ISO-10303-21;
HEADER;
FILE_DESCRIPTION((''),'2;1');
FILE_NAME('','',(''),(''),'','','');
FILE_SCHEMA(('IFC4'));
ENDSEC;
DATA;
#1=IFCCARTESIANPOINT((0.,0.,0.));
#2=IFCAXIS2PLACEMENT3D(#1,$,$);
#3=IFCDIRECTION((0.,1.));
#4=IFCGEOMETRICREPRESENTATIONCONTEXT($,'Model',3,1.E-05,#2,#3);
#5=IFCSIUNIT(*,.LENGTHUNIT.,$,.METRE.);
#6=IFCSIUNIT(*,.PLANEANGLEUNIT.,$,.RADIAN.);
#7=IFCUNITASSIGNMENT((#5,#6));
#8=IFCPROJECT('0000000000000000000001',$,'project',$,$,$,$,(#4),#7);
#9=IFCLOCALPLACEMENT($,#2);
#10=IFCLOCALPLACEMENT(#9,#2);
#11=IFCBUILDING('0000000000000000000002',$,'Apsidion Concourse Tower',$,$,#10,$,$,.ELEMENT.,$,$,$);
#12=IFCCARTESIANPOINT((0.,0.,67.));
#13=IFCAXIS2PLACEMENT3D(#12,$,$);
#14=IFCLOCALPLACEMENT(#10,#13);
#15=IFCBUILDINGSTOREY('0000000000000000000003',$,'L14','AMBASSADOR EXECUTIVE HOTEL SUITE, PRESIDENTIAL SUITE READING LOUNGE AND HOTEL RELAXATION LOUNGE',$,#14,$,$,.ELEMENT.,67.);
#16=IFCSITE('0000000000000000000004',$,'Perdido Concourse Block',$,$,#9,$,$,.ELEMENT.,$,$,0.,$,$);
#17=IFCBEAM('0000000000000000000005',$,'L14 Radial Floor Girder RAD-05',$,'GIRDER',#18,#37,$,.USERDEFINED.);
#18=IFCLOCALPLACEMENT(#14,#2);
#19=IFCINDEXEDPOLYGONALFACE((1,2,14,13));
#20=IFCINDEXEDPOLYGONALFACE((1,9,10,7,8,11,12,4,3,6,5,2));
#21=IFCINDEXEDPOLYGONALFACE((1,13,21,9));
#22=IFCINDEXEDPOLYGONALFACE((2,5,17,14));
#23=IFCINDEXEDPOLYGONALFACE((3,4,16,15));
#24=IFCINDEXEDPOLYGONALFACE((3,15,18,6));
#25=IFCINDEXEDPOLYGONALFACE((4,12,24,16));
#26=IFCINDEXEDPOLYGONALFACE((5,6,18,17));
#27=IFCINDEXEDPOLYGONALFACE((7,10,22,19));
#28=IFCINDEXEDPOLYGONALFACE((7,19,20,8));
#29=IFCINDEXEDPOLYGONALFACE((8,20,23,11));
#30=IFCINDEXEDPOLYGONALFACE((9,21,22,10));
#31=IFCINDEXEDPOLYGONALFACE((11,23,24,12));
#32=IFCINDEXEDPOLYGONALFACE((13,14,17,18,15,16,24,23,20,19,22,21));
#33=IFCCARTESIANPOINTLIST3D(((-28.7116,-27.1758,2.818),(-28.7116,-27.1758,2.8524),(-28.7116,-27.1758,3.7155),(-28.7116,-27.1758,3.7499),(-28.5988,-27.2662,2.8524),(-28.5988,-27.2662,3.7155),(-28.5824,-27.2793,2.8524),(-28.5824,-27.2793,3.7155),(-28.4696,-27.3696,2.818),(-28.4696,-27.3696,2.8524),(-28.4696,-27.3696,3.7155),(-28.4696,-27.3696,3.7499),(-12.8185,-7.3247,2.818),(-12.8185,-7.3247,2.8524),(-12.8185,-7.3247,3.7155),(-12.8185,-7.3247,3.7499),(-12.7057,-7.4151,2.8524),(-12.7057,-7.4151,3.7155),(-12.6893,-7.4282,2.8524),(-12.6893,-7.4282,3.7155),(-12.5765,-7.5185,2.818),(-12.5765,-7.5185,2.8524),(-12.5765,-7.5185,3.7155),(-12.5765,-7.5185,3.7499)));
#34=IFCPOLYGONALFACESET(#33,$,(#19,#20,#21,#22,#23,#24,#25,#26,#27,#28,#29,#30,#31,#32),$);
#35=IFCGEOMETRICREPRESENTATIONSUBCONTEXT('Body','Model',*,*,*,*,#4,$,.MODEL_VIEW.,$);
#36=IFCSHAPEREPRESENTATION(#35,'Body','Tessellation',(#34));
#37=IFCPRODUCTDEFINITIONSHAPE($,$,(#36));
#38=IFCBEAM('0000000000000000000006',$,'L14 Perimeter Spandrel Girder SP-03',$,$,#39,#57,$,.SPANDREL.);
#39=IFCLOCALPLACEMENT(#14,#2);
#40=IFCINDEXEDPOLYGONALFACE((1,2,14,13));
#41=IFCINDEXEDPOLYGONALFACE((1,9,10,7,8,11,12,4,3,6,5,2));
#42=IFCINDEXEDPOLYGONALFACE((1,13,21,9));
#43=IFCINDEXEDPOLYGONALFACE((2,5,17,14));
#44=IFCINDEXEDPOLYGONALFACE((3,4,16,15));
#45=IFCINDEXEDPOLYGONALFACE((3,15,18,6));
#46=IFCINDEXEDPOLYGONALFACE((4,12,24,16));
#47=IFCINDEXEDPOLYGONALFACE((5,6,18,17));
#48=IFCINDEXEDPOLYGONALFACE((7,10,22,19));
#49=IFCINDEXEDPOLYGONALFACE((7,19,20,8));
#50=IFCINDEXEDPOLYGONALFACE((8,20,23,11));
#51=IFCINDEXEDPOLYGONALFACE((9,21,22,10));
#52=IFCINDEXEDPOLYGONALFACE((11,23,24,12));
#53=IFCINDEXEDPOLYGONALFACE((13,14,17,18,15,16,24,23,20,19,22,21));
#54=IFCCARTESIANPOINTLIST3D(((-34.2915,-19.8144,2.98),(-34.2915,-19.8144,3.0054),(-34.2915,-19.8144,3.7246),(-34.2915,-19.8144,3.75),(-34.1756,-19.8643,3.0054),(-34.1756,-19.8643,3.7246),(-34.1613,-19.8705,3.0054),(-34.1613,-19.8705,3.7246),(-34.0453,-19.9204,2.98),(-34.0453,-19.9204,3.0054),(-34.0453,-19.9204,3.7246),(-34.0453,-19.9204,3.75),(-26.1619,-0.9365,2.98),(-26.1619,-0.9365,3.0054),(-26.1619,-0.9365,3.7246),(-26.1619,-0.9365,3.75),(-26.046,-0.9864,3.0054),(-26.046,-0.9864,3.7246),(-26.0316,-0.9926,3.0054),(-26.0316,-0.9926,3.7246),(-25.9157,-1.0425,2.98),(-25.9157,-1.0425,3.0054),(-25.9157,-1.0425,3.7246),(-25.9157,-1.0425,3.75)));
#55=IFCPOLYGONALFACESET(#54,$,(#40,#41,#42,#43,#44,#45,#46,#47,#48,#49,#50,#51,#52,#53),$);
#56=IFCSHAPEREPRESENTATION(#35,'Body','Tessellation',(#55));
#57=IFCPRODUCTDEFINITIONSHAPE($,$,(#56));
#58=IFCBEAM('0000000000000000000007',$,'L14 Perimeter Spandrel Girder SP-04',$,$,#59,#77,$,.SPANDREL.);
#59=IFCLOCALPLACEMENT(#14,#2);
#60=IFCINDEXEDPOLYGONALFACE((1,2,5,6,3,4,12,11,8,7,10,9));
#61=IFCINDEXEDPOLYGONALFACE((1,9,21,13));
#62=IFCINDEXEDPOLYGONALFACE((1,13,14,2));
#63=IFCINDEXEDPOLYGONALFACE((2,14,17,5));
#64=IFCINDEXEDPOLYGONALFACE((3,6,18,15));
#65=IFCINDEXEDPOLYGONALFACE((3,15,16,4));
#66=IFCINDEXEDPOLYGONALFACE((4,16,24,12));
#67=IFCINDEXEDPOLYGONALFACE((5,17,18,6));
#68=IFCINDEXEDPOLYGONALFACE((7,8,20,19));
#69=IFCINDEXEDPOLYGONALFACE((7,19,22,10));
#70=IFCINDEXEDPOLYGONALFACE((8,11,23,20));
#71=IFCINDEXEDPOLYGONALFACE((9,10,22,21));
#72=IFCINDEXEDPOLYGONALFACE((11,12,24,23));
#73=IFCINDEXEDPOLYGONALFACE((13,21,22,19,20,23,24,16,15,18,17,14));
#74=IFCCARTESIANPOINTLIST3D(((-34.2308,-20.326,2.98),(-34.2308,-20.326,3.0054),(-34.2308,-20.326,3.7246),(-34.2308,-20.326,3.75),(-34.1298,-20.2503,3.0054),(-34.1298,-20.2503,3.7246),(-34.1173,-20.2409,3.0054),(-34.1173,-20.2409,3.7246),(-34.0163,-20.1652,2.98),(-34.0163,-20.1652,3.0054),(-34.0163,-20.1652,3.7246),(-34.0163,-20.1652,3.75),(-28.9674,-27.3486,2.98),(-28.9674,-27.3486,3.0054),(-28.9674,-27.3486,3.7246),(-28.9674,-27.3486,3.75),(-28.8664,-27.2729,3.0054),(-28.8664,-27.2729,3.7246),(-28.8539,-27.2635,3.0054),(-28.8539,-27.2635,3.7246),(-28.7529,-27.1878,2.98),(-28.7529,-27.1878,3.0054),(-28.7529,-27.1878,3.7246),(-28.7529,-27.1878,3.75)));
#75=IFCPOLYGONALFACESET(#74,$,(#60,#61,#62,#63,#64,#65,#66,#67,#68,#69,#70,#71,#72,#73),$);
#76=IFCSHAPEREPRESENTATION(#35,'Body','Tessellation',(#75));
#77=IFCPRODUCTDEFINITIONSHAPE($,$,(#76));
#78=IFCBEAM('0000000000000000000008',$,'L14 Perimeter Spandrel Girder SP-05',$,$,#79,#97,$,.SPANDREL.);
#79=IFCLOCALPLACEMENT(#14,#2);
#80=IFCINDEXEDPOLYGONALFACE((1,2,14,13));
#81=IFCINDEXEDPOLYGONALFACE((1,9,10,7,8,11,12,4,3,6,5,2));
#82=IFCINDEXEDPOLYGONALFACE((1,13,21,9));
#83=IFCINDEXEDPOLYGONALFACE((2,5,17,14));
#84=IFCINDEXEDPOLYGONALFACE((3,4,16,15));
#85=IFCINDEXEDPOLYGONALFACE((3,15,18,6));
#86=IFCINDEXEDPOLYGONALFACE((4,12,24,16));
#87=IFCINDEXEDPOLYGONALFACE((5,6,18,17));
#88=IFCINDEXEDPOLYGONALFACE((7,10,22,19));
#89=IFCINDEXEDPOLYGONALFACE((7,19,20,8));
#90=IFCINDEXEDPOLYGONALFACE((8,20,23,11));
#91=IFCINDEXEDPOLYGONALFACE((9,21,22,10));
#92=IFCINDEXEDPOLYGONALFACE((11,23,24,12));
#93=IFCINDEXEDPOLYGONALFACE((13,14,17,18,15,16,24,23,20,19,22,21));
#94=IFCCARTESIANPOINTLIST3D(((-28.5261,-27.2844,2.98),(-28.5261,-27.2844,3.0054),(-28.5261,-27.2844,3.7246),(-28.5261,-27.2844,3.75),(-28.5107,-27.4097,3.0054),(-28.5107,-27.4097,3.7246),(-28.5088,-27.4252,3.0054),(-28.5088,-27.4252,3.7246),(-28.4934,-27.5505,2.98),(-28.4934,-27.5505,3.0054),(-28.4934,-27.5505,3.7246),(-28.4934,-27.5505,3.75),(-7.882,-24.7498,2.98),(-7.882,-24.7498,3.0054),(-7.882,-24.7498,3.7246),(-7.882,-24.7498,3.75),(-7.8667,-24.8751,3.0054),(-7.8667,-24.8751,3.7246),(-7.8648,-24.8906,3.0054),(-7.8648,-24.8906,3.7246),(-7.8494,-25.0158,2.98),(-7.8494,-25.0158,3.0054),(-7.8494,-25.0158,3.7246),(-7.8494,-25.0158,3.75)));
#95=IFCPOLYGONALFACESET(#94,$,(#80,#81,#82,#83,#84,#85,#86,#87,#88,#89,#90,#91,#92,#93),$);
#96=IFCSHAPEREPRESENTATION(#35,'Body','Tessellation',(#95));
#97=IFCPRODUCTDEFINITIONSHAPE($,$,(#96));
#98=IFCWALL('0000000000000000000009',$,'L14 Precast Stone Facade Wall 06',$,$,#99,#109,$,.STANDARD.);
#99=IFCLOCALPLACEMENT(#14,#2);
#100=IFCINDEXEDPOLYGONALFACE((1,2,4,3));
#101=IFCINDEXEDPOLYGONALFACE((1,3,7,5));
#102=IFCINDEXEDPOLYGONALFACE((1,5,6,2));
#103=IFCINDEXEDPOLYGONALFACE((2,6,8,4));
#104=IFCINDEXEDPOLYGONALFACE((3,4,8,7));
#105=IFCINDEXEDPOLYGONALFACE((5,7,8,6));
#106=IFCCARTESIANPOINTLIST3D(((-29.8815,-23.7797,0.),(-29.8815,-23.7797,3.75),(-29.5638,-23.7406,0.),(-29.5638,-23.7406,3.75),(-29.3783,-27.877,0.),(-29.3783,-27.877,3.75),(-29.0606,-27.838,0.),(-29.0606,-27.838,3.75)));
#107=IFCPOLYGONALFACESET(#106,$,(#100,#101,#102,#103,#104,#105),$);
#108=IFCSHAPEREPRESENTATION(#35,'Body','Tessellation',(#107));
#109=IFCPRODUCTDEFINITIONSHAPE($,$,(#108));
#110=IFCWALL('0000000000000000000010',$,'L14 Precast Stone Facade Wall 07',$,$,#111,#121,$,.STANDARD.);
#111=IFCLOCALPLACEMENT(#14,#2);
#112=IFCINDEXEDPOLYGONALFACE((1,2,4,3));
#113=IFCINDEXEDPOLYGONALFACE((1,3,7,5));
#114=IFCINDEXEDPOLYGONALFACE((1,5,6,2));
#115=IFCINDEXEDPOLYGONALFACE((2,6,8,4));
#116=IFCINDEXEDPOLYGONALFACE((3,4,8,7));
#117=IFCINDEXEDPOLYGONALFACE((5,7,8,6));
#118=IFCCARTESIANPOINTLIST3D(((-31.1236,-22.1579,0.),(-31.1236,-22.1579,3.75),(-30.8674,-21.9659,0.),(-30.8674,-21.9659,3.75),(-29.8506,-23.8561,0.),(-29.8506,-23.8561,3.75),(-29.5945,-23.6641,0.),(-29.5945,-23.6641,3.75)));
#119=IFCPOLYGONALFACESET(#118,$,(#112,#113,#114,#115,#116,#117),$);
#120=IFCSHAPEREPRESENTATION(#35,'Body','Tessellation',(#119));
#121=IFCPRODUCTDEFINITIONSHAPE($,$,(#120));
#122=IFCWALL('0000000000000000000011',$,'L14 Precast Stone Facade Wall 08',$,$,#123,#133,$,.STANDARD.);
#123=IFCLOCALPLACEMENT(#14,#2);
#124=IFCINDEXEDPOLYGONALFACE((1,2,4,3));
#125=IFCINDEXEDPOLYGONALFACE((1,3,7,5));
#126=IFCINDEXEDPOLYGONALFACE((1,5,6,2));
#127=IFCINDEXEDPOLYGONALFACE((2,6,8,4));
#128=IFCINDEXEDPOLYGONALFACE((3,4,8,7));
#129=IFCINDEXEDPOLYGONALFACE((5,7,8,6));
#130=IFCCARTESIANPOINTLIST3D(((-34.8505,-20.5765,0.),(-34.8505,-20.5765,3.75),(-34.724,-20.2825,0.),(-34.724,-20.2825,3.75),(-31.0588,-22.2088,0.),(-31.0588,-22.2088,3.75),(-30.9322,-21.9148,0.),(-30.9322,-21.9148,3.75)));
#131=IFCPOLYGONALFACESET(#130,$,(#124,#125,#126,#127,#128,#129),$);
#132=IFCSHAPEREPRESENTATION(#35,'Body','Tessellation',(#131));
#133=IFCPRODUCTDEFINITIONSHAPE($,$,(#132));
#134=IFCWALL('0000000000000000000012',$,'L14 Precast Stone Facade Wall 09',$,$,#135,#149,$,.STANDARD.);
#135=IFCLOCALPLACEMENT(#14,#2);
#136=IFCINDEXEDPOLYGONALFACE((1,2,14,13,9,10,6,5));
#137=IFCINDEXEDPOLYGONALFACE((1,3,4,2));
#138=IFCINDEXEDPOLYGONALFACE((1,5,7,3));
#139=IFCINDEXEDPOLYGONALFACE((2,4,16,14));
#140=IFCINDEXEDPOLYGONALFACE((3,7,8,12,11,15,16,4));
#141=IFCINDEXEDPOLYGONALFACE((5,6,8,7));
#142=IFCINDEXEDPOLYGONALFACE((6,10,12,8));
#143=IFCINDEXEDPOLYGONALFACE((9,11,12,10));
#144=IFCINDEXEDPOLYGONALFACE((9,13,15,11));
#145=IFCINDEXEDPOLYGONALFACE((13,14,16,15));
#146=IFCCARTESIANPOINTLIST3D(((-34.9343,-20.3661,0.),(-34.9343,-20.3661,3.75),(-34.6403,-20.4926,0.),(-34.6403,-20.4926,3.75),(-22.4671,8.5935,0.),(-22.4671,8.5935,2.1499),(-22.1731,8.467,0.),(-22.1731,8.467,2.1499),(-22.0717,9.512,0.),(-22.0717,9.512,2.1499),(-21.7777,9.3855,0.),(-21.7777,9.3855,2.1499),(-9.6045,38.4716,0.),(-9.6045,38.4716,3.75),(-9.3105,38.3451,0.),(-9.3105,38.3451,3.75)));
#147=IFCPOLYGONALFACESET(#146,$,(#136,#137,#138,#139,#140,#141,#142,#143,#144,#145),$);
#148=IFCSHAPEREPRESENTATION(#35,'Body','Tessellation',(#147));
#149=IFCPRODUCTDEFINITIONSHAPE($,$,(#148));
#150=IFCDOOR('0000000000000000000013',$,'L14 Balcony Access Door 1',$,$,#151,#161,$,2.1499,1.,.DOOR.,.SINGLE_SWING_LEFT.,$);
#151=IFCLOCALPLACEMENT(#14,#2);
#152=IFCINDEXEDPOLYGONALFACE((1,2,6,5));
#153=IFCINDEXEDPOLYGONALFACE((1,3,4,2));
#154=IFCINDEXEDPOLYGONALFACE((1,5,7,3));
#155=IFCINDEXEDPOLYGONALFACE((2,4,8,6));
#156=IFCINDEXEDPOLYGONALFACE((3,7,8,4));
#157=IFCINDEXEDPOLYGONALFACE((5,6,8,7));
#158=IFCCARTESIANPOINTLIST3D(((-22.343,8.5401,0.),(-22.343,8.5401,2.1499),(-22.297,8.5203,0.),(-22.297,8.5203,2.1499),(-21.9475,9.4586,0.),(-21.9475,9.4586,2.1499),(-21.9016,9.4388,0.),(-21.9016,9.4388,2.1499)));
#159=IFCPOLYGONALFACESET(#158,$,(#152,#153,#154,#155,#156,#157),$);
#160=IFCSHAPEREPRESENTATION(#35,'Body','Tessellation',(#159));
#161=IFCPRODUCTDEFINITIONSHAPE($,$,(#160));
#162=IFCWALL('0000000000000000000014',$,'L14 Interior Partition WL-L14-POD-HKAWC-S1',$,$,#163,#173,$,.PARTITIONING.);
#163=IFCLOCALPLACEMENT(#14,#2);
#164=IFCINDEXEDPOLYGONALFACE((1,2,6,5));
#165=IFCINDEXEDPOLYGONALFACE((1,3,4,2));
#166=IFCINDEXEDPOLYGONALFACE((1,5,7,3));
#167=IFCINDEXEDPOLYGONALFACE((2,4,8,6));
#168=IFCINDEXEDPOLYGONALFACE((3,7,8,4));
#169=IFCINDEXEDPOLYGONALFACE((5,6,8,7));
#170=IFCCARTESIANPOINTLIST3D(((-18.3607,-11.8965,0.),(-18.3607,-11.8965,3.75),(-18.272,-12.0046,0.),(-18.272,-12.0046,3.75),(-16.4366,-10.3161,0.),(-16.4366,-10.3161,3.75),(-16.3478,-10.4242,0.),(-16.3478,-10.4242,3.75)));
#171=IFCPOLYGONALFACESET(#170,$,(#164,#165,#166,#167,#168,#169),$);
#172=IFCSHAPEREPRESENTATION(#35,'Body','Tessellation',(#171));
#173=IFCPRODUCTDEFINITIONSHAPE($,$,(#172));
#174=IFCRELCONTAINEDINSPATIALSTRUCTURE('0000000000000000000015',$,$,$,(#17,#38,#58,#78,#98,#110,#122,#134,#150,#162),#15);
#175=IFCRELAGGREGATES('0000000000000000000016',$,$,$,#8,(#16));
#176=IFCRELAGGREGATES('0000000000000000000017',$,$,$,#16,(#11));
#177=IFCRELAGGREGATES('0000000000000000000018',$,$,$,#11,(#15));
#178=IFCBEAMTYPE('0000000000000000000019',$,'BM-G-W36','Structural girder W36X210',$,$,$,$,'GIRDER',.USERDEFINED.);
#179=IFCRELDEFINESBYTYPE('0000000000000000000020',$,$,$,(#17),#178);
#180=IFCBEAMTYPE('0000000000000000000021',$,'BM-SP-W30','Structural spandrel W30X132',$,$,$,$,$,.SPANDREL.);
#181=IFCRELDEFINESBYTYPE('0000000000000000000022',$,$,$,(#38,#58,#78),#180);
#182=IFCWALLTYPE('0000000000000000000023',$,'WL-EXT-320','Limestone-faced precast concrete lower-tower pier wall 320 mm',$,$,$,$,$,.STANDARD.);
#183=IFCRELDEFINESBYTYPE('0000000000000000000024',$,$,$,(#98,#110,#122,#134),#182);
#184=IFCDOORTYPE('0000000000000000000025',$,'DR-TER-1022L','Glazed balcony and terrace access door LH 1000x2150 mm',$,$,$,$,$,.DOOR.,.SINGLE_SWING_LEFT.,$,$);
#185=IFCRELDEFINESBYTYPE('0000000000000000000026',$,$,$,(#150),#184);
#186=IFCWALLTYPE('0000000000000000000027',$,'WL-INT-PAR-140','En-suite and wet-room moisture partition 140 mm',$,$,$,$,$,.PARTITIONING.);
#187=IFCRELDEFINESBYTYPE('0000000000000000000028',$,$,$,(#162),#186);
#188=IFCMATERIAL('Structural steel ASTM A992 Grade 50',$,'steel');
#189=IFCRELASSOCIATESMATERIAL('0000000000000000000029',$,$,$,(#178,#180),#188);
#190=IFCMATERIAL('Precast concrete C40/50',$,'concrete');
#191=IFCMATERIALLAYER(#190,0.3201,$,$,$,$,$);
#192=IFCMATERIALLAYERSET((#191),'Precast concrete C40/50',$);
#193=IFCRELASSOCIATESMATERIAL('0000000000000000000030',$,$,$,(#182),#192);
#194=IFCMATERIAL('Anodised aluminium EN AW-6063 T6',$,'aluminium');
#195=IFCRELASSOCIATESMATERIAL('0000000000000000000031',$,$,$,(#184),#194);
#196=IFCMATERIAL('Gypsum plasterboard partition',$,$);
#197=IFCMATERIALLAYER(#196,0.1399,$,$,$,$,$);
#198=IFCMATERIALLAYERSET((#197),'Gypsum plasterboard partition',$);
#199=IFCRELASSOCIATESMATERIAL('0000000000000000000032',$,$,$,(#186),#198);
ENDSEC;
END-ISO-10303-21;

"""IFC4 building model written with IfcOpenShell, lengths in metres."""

from ifc_helpers import new_model, si_unit, direction, frame, frame_2d, origin, origin_2d, place, context, subcontext, project, spatial, rectangle, i_section, extrude, material, layer, layer_set, material_profile, profile_set, type_object, element, fill, save


model = new_model("IFC4")

# Units and contexts
model_context = context("Model", 3, precision=1e-05, world=origin(), true_north=direction((0.0, 1.0)))
body_context = subcontext(model_context, "Body", "Model", "MODEL_VIEW")
ifc_project = project(units=[si_unit("LENGTHUNIT", "METRE"), si_unit("PLANEANGLEUNIT", "RADIAN")], contexts=[model_context])

# Site, building, storey
site_placement = place(None, origin())
site = spatial("IfcSite", under=ifc_project, at=site_placement, Name="Perdido Concourse Block", CompositionType="ELEMENT", RefElevation=0.0)
building_placement = place(site_placement, origin())
building = spatial("IfcBuilding", under=site, at=building_placement, Name="Apsidion Concourse Tower", CompositionType="ELEMENT")
storey_placement = place(building_placement, frame((0.0, 0.0, 67.0)))
storey = spatial("IfcBuildingStorey", under=building, at=storey_placement, Name="L14", Description="AMBASSADOR EXECUTIVE HOTEL SUITE, PRESIDENTIAL SUITE READING LOUNGE AND HOTEL RELAXATION LOUNGE", CompositionType="ELEMENT", Elevation=67.0)

# Beams
ifc_material_1 = material(Name="Structural steel ASTM A992 Grade 50", Category="steel")
ifc_material_profile_1 = material_profile(ifc_material_1, i_section(OverallWidth=0.3101, OverallDepth=0.9319, WebThickness=0.021, FlangeThickness=0.0344, at=origin_2d()), Name="W36X210")
ifc_profile_set_1 = profile_set([ifc_material_profile_1], Name="Structural steel ASTM A992 Grade 50")
beam_type_1 = type_object("IfcBeamType", Name="BM-G-W36", Description="Structural girder W36X210", ElementType="GIRDER", PredefinedType="USERDEFINED", material=ifc_profile_set_1)
beam_1_placement = place(storey_placement, frame((-12.6975, -7.4216, 3.2839), z_axis=(-0.624988, -0.780635, 0.0), x_axis=(0.780635, -0.624988, 0.0)))
element("IfcBeam", 1, at=beam_1_placement, inside=storey, type_object=beam_type_1, Name="L14 Radial Floor Girder RAD-05", ObjectType="GIRDER", PredefinedType="USERDEFINED", context=body_context, shape_type="SweptSolid", body=[
    extrude(i_section(OverallWidth=0.3101, OverallDepth=0.9319, WebThickness=0.021, FlangeThickness=0.0344, at=origin_2d()), origin(), (0.0, 0.0, 1.0), 25.4294),
])
ifc_material_profile_2 = material_profile(ifc_material_1, i_section(OverallWidth=0.2681, OverallDepth=0.77, WebThickness=0.0156, FlangeThickness=0.0254, at=origin_2d()), Name="W30X132")
ifc_profile_set_2 = profile_set([ifc_material_profile_2], Name="Structural steel ASTM A992 Grade 50")
beam_type_2 = type_object("IfcBeamType", Name="BM-SP-W30", Description="Structural spandrel W30X132", PredefinedType="SPANDREL", material=ifc_profile_set_2)
beam_2_placement = place(storey_placement, frame((-26.0388, -0.9895, 3.365), z_axis=(-0.395526, -0.918455, 0.0), x_axis=(0.918455, -0.395526, 0.0)))
element("IfcBeam", 2, at=beam_2_placement, inside=storey, type_object=beam_type_2, Name="L14 Perimeter Spandrel Girder SP-03", PredefinedType="SPANDREL", context=body_context, shape_type="SweptSolid", body=[
    extrude(i_section(OverallWidth=0.2681, OverallDepth=0.77, WebThickness=0.0156, FlangeThickness=0.0254, at=origin_2d()), origin(), (0.0, 0.0, 1.0), 20.554),
])
beam_3_placement = place(storey_placement, frame((-34.1235, -20.2456, 3.365), z_axis=(0.599737, -0.800197, 0.0), x_axis=(0.800197, 0.599737, 0.0)))
element("IfcBeam", 3, at=beam_3_placement, inside=storey, type_object=beam_type_2, Name="L14 Perimeter Spandrel Girder SP-04", PredefinedType="SPANDREL", context=body_context, shape_type="SweptSolid", body=[
    extrude(i_section(OverallWidth=0.2681, OverallDepth=0.77, WebThickness=0.0156, FlangeThickness=0.0254, at=origin_2d()), origin(), (0.0, 0.0, 1.0), 8.7761),
])
beam_4_placement = place(storey_placement, frame((-28.5098, -27.4175, 3.365), z_axis=(0.992547, 0.121865, 0.0), x_axis=(-0.121865, 0.992547, 0.0)))
element("IfcBeam", 4, at=beam_4_placement, inside=storey, type_object=beam_type_2, Name="L14 Perimeter Spandrel Girder SP-05", PredefinedType="SPANDREL", context=body_context, shape_type="SweptSolid", body=[
    extrude(i_section(OverallWidth=0.2681, OverallDepth=0.77, WebThickness=0.0156, FlangeThickness=0.0254, at=origin_2d()), origin(), (0.0, 0.0, 1.0), 20.7991),
])

# Walls
ifc_material_2 = material(Name="Precast concrete C40/50", Category="concrete")
ifc_layer_1 = layer(ifc_material_2, 0.3201)
ifc_layer_set_1 = layer_set([ifc_layer_1], Name="Precast concrete C40/50")
wall_type_1 = type_object("IfcWallType", Name="WL-EXT-320", Description="Limestone-faced precast concrete lower-tower pier wall 320 mm", PredefinedType="STANDARD", material=ifc_layer_set_1)
wall_1_placement = place(storey_placement, frame((-29.2195, -27.8574, 0.0), z_axis=(0.0, 0.0, 1.0), x_axis=(-0.121887, 0.992544, 0.0)))
element("IfcWall", 5, at=wall_1_placement, inside=storey, type_object=wall_type_1, Name="L14 Precast Stone Facade Wall 06", PredefinedType="STANDARD", context=body_context, shape_type="SweptSolid", body=[
    extrude(rectangle(XDim=4.1282, YDim=0.3201, at=frame_2d((2.064, 0.0))), origin(), (0.0, 0.0, 1.0), 3.75),
])
wall_2_placement = place(storey_placement, frame((-29.7227, -23.76, 0.0), z_axis=(0.0, 0.0, 1.0), x_axis=(-0.599779, 0.800166, 0.0)))
element("IfcWall", 6, at=wall_2_placement, inside=storey, type_object=wall_type_1, Name="L14 Precast Stone Facade Wall 07", PredefinedType="STANDARD", context=body_context, shape_type="SweptSolid", body=[
    extrude(rectangle(XDim=2.1223, YDim=0.3201, at=frame_2d((1.061, 0.0))), origin(), (0.0, 0.0, 1.0), 3.75),
])
wall_3_placement = place(storey_placement, frame((-30.9956, -22.0618, 0.0), z_axis=(0.0, 0.0, 1.0), x_axis=(-0.918504, 0.395411, 0.0)))
element("IfcWall", 7, at=wall_3_placement, inside=storey, type_object=wall_type_1, Name="L14 Precast Stone Facade Wall 08", PredefinedType="STANDARD", context=body_context, shape_type="SweptSolid", body=[
    extrude(rectangle(XDim=4.1282, YDim=0.3201, at=frame_2d((2.064, 0.0))), origin(), (0.0, 0.0, 1.0), 3.75),
])

# Wall, opening, door
wall_4_placement = place(storey_placement, frame((-34.7874, -20.4294, 0.0), z_axis=(0.0, 0.0, 1.0), x_axis=(0.395418, 0.918501, 0.0)))
wall_4 = element("IfcWall", 8, at=wall_4_placement, inside=storey, type_object=wall_type_1, Name="L14 Precast Stone Facade Wall 09", PredefinedType="STANDARD", context=body_context, shape_type="SweptSolid", body=[
    extrude(rectangle(XDim=64.0583, YDim=0.3201, at=frame_2d((32.0293, 0.0))), origin(), (0.0, 0.0, 1.0), 3.75),
])
opening_1_placement = place(wall_4_placement, frame((31.5293, 0.0, 0.0)))
opening_1 = element("IfcOpeningElement", 9, at=opening_1_placement, cuts=wall_4, PredefinedType="OPENING", context=body_context, shape_type="SweptSolid", body=[
    extrude(rectangle(XDim=1.0, YDim=2.1499, at=frame_2d((0.5, 1.075))), frame((0.0, 0.1699, 0.0), z_axis=(0.0, -1.0, 0.0), x_axis=(1.0, 0.0, 0.0)), (0.0, 0.0, 1.0), 0.3401),
])
ifc_material_3 = material(Name="Anodised aluminium EN AW-6063 T6", Category="aluminium")
door_type_1 = type_object("IfcDoorType", Name="DR-TER-1022L", Description="Glazed balcony and terrace access door LH 1000x2150 mm", OperationType="SINGLE_SWING_LEFT", PredefinedType="DOOR", material=ifc_material_3)
door_1_placement = place(opening_1_placement, origin())
door_1 = element("IfcDoor", 10, at=door_1_placement, inside=storey, type_object=door_type_1, Name="L14 Balcony Access Door 1", OperationType="SINGLE_SWING_LEFT", OverallHeight=2.1499, OverallWidth=1.0, PredefinedType="DOOR", context=body_context, shape_type="SweptSolid", body=[
    extrude(rectangle(XDim=1.0, YDim=2.1499, at=frame_2d((0.5, 1.075))), frame((0.0, 0.0249, 0.0), z_axis=(0.0, -1.0, 0.0), x_axis=(1.0, 0.0, 0.0)), (0.0, 0.0, 1.0), 0.05),
])
fill(opening_1, door_1)

# Wall
ifc_material_4 = material(Name="Gypsum plasterboard partition")
ifc_layer_2 = layer(ifc_material_4, 0.1399)
ifc_layer_set_2 = layer_set([ifc_layer_2], Name="Gypsum plasterboard partition")
wall_type_2 = type_object("IfcWallType", Name="WL-INT-PAR-140", Description="En-suite and wet-room moisture partition 140 mm", PredefinedType="PARTITIONING", material=ifc_layer_set_2)
wall_5_placement = place(storey_placement, frame((-16.3921, -10.3701, 0.0), z_axis=(0.0, 0.0, 1.0), x_axis=(-0.772759, -0.6347, 0.0)))
element("IfcWall", 11, at=wall_5_placement, inside=storey, type_object=wall_type_2, Name="L14 Interior Partition WL-L14-POD-HKAWC-S1", PredefinedType="PARTITIONING", context=body_context, shape_type="SweptSolid", body=[
    extrude(rectangle(XDim=2.49, YDim=0.1399, at=frame_2d((1.2451, 0.0))), origin(), (0.0, 0.0, 1.0), 3.75),
])

save(model, "model.ifc")
